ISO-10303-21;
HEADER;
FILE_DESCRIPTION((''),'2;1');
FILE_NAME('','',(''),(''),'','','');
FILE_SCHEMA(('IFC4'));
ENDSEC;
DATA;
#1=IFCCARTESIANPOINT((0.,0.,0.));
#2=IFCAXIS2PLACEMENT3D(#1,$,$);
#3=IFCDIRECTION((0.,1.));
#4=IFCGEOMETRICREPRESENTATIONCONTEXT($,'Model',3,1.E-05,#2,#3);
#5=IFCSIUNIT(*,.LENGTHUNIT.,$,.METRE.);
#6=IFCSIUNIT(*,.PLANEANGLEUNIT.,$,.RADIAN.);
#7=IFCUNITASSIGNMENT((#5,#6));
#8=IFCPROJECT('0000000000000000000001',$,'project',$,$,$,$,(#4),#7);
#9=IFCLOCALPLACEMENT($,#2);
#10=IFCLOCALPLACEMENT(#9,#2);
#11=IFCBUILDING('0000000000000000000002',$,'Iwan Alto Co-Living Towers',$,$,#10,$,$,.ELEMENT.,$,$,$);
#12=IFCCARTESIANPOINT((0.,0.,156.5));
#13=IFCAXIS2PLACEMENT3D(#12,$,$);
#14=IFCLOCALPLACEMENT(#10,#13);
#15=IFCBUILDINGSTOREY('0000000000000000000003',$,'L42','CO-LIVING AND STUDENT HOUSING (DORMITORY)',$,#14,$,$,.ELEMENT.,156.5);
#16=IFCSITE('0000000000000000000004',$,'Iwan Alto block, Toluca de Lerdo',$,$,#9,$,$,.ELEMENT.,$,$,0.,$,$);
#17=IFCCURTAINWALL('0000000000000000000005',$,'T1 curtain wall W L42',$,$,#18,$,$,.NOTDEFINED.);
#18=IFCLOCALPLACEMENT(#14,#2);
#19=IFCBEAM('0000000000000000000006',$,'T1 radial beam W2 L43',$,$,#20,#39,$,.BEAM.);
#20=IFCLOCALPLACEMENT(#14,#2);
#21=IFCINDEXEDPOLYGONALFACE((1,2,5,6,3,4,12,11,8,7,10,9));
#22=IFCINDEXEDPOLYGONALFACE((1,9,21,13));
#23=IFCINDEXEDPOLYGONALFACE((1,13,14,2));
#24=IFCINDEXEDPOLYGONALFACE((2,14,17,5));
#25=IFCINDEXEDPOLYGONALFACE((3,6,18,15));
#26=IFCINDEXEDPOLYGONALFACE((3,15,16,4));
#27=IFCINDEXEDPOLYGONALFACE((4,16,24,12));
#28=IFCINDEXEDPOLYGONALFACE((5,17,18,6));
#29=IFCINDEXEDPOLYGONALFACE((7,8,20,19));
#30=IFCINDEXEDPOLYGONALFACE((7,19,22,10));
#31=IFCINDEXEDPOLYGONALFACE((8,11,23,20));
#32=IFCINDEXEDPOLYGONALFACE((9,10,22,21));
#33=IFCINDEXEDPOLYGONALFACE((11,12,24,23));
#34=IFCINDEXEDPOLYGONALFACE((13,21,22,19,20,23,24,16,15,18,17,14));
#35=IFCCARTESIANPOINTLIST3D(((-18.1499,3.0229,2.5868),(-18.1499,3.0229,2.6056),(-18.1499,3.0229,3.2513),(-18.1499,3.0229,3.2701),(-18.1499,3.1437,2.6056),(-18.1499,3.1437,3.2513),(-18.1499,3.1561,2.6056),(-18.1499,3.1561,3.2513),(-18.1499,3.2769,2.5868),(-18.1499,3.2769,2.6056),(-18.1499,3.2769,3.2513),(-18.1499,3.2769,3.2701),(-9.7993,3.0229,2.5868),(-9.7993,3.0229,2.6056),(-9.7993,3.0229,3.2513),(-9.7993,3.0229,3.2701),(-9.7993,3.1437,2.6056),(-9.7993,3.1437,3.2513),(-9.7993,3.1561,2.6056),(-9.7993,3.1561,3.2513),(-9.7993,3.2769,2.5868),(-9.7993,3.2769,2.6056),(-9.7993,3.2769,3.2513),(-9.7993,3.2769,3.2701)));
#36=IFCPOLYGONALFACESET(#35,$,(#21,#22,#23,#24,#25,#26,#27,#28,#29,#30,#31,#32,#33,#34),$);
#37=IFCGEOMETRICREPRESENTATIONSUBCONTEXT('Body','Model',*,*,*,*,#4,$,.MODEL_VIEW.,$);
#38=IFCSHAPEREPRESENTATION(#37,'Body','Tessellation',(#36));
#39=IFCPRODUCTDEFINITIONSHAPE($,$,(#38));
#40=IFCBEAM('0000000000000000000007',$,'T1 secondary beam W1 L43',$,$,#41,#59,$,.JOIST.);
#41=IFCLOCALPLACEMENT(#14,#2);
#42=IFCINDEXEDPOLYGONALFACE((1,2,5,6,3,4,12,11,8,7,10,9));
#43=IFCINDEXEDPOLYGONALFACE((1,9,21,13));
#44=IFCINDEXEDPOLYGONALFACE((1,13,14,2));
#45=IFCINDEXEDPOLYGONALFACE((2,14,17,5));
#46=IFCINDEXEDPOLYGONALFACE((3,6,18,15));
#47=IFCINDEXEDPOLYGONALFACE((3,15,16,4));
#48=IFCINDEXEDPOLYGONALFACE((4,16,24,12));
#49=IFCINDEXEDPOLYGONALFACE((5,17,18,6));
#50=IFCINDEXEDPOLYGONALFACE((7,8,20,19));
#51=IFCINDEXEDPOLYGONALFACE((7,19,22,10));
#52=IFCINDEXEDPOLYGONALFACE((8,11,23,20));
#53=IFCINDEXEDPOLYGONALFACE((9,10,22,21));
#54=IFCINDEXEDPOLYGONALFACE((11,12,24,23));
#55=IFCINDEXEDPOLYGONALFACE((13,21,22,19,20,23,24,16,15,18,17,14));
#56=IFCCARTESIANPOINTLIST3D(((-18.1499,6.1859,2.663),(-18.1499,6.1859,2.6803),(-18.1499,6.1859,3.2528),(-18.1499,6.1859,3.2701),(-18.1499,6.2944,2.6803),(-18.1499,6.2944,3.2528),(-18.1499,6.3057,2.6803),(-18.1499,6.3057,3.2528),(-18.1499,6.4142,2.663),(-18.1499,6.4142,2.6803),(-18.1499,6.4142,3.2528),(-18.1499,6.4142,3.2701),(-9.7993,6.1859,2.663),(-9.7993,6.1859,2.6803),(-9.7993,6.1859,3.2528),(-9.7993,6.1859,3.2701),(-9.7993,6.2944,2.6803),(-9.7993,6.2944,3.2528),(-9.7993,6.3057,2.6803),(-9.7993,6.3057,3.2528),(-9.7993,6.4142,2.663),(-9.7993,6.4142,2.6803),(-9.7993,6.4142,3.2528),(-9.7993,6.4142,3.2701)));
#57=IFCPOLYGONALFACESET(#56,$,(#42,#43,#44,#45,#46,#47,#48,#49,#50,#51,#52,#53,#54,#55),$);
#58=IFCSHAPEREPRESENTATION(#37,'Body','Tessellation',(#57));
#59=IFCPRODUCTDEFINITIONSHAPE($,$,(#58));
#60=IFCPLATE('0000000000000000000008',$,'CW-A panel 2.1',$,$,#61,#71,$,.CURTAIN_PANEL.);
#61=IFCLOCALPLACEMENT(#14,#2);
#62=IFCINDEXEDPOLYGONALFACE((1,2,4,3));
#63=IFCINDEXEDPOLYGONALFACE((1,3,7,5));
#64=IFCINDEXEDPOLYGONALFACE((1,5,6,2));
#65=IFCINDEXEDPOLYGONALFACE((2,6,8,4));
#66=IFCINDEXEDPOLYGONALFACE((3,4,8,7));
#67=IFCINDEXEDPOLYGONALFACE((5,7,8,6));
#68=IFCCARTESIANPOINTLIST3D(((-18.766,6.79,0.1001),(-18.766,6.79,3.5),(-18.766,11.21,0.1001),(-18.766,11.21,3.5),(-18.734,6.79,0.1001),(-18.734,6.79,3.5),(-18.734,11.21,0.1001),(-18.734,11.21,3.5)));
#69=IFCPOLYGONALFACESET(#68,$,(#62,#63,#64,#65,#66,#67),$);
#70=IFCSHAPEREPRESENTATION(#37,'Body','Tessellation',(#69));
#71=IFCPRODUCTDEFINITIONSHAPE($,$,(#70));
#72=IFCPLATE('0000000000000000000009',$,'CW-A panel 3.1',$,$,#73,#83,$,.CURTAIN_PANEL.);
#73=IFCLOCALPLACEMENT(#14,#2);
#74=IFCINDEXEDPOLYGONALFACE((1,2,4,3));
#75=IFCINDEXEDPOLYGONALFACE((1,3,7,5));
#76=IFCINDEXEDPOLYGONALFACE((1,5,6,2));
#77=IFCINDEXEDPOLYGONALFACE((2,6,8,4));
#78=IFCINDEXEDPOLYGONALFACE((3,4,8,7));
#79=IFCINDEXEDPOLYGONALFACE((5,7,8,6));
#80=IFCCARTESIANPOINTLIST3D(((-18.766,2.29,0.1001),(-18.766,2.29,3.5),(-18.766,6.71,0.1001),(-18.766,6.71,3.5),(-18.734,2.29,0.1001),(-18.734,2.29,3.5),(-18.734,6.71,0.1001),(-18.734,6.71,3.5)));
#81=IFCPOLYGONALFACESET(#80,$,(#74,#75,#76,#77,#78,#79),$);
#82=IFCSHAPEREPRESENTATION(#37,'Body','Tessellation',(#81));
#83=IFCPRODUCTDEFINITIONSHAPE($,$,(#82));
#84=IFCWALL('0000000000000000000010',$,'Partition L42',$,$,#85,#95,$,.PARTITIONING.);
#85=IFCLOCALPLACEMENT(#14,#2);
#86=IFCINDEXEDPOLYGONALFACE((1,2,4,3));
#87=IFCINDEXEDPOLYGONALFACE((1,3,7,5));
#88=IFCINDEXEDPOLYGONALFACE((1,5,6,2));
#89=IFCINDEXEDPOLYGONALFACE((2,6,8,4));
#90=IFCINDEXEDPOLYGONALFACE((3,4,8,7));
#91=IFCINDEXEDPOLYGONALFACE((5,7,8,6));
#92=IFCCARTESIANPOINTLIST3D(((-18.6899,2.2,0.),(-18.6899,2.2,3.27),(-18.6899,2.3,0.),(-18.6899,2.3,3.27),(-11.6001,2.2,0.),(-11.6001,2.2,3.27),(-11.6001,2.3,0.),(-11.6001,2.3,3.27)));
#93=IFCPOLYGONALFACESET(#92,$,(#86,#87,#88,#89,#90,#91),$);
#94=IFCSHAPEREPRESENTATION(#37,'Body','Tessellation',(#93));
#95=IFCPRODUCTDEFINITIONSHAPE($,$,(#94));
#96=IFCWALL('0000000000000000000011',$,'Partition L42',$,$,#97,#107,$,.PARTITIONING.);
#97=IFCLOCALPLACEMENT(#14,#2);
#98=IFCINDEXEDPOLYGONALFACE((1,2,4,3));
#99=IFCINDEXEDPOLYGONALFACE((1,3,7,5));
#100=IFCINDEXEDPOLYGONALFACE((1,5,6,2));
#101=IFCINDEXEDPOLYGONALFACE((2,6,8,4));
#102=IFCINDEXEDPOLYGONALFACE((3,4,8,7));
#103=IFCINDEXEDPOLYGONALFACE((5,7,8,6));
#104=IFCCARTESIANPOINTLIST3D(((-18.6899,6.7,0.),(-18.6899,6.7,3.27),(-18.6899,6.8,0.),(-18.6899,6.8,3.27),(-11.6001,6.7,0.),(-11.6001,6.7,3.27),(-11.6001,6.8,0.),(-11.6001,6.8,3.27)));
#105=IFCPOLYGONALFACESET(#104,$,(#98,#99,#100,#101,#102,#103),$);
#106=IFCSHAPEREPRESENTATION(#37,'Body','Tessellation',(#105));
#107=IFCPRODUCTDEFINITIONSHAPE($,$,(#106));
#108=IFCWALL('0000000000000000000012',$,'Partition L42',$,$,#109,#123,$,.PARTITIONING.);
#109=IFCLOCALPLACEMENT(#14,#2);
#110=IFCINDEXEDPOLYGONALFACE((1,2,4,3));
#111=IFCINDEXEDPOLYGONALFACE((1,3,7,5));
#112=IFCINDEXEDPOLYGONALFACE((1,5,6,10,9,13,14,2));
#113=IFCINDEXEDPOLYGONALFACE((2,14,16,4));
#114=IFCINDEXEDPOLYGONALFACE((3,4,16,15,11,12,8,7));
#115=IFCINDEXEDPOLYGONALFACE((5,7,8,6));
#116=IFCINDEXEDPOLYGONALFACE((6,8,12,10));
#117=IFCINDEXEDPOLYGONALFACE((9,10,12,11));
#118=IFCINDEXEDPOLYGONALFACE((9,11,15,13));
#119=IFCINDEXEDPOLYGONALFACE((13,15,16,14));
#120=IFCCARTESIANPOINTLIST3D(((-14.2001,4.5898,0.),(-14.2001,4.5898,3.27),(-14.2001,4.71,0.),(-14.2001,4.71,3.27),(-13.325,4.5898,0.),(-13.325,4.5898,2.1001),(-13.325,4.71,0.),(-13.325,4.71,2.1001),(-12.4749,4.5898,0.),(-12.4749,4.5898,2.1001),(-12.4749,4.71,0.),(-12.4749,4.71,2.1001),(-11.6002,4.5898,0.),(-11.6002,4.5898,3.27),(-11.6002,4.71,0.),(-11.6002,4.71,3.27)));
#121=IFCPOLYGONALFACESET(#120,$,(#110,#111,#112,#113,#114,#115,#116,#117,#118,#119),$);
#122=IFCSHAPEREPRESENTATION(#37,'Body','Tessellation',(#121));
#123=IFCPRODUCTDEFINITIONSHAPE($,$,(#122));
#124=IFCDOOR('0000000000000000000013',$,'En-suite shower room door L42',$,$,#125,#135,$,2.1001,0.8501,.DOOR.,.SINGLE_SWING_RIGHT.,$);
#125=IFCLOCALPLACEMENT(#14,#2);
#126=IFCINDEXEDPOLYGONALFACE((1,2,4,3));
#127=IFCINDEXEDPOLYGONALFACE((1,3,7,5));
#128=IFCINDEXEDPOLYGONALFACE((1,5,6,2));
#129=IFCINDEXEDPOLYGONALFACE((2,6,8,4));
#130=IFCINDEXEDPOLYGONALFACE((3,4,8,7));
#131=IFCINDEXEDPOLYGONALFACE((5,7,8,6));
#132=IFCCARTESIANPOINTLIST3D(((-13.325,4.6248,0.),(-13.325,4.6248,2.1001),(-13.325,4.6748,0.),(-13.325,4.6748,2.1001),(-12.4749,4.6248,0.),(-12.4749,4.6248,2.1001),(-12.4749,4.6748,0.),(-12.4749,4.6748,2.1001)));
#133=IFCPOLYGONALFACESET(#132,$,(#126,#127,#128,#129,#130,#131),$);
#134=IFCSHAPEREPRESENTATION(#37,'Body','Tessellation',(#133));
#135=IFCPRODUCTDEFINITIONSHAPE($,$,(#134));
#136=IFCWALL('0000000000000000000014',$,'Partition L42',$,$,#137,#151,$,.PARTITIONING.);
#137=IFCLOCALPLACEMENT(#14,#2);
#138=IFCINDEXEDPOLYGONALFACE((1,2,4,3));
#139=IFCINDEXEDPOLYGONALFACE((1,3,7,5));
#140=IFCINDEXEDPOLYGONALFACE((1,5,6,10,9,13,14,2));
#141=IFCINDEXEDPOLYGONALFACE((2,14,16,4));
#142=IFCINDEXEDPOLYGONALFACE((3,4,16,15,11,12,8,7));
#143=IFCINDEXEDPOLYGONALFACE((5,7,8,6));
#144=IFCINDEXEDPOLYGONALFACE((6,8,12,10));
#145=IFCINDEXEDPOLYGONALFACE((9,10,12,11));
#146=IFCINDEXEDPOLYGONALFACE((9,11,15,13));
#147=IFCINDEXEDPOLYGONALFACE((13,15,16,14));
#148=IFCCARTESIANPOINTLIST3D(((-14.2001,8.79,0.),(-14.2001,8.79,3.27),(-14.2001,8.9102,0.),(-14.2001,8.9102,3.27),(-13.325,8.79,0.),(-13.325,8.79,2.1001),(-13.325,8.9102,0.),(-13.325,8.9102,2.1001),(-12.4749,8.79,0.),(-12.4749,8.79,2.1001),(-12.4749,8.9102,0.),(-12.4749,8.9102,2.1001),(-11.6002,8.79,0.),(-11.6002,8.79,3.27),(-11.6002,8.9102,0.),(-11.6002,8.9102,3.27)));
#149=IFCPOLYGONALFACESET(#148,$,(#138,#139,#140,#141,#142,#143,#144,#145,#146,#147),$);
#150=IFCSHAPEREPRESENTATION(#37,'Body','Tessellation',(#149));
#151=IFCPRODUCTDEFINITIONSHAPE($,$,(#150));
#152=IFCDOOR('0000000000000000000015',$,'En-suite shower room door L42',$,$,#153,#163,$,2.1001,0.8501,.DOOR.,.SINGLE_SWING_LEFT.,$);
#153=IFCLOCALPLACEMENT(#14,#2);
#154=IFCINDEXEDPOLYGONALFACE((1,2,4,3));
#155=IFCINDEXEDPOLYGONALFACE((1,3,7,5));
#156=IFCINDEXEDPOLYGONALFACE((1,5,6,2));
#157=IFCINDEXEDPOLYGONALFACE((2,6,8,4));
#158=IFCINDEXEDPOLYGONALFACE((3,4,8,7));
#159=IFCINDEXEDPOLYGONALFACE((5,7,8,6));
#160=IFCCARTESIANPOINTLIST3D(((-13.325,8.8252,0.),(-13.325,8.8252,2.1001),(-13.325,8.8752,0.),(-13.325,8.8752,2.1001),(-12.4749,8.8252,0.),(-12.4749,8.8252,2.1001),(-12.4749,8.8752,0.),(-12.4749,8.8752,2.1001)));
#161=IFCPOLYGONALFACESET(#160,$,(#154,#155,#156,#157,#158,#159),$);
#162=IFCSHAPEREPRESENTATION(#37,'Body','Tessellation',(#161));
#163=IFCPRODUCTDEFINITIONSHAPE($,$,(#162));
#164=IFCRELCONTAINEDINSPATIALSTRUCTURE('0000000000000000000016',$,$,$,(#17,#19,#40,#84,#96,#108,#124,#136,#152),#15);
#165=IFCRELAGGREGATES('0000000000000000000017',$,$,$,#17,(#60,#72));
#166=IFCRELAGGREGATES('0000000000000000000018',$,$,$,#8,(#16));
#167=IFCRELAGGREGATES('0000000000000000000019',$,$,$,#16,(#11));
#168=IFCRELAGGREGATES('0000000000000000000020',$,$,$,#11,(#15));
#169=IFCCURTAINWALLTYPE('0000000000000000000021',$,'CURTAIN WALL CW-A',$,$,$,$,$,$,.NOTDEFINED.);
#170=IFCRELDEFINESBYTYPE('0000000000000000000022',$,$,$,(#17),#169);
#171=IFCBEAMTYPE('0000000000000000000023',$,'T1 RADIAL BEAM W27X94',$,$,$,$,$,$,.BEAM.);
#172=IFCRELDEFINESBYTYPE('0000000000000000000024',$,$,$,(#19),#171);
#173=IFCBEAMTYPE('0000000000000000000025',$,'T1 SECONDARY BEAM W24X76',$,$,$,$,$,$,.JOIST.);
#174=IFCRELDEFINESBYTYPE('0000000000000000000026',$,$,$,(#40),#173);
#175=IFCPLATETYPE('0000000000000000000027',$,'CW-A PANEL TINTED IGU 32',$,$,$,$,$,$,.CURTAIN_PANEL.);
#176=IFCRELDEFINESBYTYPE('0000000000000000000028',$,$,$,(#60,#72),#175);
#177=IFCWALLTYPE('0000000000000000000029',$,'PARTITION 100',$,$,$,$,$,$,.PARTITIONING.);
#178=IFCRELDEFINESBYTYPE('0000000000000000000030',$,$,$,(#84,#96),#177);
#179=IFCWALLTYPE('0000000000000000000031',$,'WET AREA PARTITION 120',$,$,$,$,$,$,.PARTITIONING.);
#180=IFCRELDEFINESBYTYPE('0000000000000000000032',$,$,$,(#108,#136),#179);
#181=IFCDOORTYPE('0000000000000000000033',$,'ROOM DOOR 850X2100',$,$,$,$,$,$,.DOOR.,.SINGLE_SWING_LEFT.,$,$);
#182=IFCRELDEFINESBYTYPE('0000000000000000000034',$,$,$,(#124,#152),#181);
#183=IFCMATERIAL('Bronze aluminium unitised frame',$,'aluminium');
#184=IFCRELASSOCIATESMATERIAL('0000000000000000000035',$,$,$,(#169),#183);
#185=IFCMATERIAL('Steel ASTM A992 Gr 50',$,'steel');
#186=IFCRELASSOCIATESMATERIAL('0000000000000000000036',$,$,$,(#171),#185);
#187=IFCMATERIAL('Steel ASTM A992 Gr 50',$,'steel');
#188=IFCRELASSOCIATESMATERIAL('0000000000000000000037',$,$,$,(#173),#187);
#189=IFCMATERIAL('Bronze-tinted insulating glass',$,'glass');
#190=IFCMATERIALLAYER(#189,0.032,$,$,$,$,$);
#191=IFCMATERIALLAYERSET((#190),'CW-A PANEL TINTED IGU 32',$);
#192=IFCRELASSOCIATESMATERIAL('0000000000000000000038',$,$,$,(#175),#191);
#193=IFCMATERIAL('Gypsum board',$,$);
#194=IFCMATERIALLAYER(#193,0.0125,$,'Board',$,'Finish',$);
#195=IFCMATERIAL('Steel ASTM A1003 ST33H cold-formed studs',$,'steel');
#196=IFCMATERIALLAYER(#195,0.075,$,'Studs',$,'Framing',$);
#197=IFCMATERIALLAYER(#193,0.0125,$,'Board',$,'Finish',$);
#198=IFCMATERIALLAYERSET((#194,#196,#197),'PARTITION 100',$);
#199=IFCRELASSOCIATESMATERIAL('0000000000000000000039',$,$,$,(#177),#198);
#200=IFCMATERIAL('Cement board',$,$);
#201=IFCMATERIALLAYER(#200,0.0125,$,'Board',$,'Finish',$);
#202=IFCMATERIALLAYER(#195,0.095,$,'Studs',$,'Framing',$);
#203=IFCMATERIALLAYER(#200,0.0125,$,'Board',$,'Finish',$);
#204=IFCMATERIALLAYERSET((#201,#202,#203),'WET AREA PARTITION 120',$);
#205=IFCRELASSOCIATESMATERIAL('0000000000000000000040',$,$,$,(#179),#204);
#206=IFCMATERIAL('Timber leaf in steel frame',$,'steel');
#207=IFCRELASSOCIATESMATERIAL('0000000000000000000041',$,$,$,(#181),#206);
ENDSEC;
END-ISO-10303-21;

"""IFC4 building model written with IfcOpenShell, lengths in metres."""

from ifc_helpers import new_model, si_unit, direction, frame, frame_2d, origin, origin_2d, place, context, subcontext, project, spatial, rectangle, i_section, extrude, material, layer, layer_set, material_profile, profile_set, type_object, element, fill, aggregate, save


model = new_model("IFC4")

# Units and contexts
model_context = context("Model", 3, precision=1e-05, world=origin(), true_north=direction((0.0, 1.0)))
body_context = subcontext(model_context, "Body", "Model", "MODEL_VIEW")
ifc_project = project(units=[si_unit("LENGTHUNIT", "METRE"), si_unit("PLANEANGLEUNIT", "RADIAN")], contexts=[model_context])

# Site, building, storey
site_placement = place(None, origin())
site = spatial("IfcSite", under=ifc_project, at=site_placement, Name="Iwan Alto block, Toluca de Lerdo", CompositionType="ELEMENT", RefElevation=0.0)
building_placement = place(site_placement, origin())
building = spatial("IfcBuilding", under=site, at=building_placement, Name="Iwan Alto Co-Living Towers", CompositionType="ELEMENT")
storey_placement = place(building_placement, frame((0.0, 0.0, 156.5)))
storey = spatial("IfcBuildingStorey", under=building, at=storey_placement, Name="L42", Description="CO-LIVING AND STUDENT HOUSING (DORMITORY)", CompositionType="ELEMENT", Elevation=156.5)

# Curtain wall
ifc_material_1 = material(Name="Bronze aluminium unitised frame", Category="aluminium")
curtain_wall_type = type_object("IfcCurtainWallType", Name="CURTAIN WALL CW-A", PredefinedType="NOTDEFINED", material=ifc_material_1)
curtain_wall_placement = place(storey_placement, origin())
curtain_wall = element("IfcCurtainWall", 1, at=curtain_wall_placement, inside=storey, type_object=curtain_wall_type, Name="T1 curtain wall W L42", PredefinedType="NOTDEFINED")

# Beams
ifc_material_2 = material(Name="Steel ASTM A992 Gr 50", Category="steel")
ifc_material_profile_1 = material_profile(ifc_material_2, i_section(OverallWidth=0.2539, OverallDepth=0.6833, WebThickness=0.0125, FlangeThickness=0.0188, at=origin_2d()), Name="W27X94")
ifc_profile_set_1 = profile_set([ifc_material_profile_1], Name="Steel ASTM A992 Gr 50")
beam_type_1 = type_object("IfcBeamType", Name="T1 RADIAL BEAM W27X94", PredefinedType="BEAM", material=ifc_profile_set_1)
for number, where, z_axis, x_axis, name in (
    (2, (-18.1499, 3.1499, 2.9285), (1.0, 0.0, 0.0), (0.0, 1.0, 0.0), "T1 radial beam W2 L43"),
):
    element("IfcBeam", number, at=place(storey_placement, frame(where, z_axis=z_axis, x_axis=x_axis)), inside=storey, type_object=beam_type_1, Name=name, PredefinedType="BEAM", context=body_context, shape_type="SweptSolid", body=[
        extrude(i_section(OverallWidth=0.2539, OverallDepth=0.6833, WebThickness=0.0125, FlangeThickness=0.0188, at=origin_2d()), origin(), (0.0, 0.0, 1.0), 8.3506),
    ])
ifc_material_3 = material(Name="Steel ASTM A992 Gr 50", Category="steel")
ifc_material_profile_2 = material_profile(ifc_material_3, i_section(OverallWidth=0.2283, OverallDepth=0.6072, WebThickness=0.0112, FlangeThickness=0.0173, at=origin_2d()), Name="W24X76")
ifc_profile_set_2 = profile_set([ifc_material_profile_2], Name="Steel ASTM A992 Gr 50")
beam_type_2 = type_object("IfcBeamType", Name="T1 SECONDARY BEAM W24X76", PredefinedType="JOIST", material=ifc_profile_set_2)
beam_1_placement = place(storey_placement, frame((-18.1499, 6.3, 2.9666), z_axis=(1.0, 0.0, 0.0), x_axis=(0.0, 1.0, 0.0)))
element("IfcBeam", 3, at=beam_1_placement, inside=storey, type_object=beam_type_2, Name="T1 secondary beam W1 L43", PredefinedType="JOIST", context=body_context, shape_type="SweptSolid", body=[
    extrude(i_section(OverallWidth=0.2283, OverallDepth=0.6072, WebThickness=0.0112, FlangeThickness=0.0173, at=origin_2d()), origin(), (0.0, 0.0, 1.0), 8.3506),
])

# Plates
ifc_material_4 = material(Name="Bronze-tinted insulating glass", Category="glass")
ifc_layer_1 = layer(ifc_material_4, 0.032)
ifc_layer_set_1 = layer_set([ifc_layer_1], Name="CW-A PANEL TINTED IGU 32")
plate_type = type_object("IfcPlateType", Name="CW-A PANEL TINTED IGU 32", PredefinedType="CURTAIN_PANEL", material=ifc_layer_set_1)
plate_1_placement = place(storey_placement, frame((-18.75, 9.0, 0.1001), z_axis=(0.0, 0.0, 1.0), x_axis=(0.0, -1.0, 0.0)))
plate_1 = element("IfcPlate", 4, at=plate_1_placement, type_object=plate_type, Name="CW-A panel 2.1", PredefinedType="CURTAIN_PANEL", context=body_context, shape_type="SweptSolid", body=[
    extrude(rectangle(XDim=4.4199, YDim=0.032, at=origin_2d()), origin(), (0.0, 0.0, 1.0), 3.3999),
])
plate_2_placement = place(storey_placement, frame((-18.75, 4.5, 0.1001), z_axis=(0.0, 0.0, 1.0), x_axis=(0.0, -1.0, 0.0)))
plate_2 = element("IfcPlate", 5, at=plate_2_placement, type_object=plate_type, Name="CW-A panel 3.1", PredefinedType="CURTAIN_PANEL", context=body_context, shape_type="SweptSolid", body=[
    extrude(rectangle(XDim=4.4199, YDim=0.032, at=origin_2d()), origin(), (0.0, 0.0, 1.0), 3.3999),
])
aggregate(curtain_wall, [plate_1, plate_2])

# Walls
ifc_material_5 = material(Name="Gypsum board")
ifc_layer_2 = layer(ifc_material_5, 0.0125, Name="Board", Category="Finish")
ifc_material_6 = material(Name="Steel ASTM A1003 ST33H cold-formed studs", Category="steel")
ifc_layer_3 = layer(ifc_material_6, 0.075, Name="Studs", Category="Framing")
ifc_layer_4 = layer(ifc_material_5, 0.0125, Name="Board", Category="Finish")
ifc_layer_set_2 = layer_set([ifc_layer_2, ifc_layer_3, ifc_layer_4], Name="PARTITION 100")
wall_type_1 = type_object("IfcWallType", Name="PARTITION 100", PredefinedType="PARTITIONING", material=ifc_layer_set_2)
for number, where, z_axis, x_axis, name in (
    (6, (-18.6899, 2.25, 0.0), (0.0, 0.0, 1.0), (1.0, 0.0, 0.0), "Partition L42"),
    (7, (-18.6899, 6.75, 0.0), (0.0, 0.0, 1.0), (1.0, 0.0, 0.0), "Partition L42"),
):
    element("IfcWall", number, at=place(storey_placement, frame(where, z_axis=z_axis, x_axis=x_axis)), inside=storey, type_object=wall_type_1, Name=name, PredefinedType="PARTITIONING", context=body_context, shape_type="SweptSolid", body=[
        extrude(rectangle(XDim=7.0898, YDim=0.1001, at=frame_2d((3.5449, 0.0))), origin(), (0.0, 0.0, 1.0), 3.27),
    ])

# Walls, openings, doors
ifc_material_7 = material(Name="Cement board")
ifc_layer_5 = layer(ifc_material_7, 0.0125, Name="Board", Category="Finish")
ifc_layer_6 = layer(ifc_material_6, 0.095, Name="Studs", Category="Framing")
ifc_layer_7 = layer(ifc_material_7, 0.0125, Name="Board", Category="Finish")
ifc_layer_set_3 = layer_set([ifc_layer_5, ifc_layer_6, ifc_layer_7], Name="WET AREA PARTITION 120")
wall_type_2 = type_object("IfcWallType", Name="WET AREA PARTITION 120", PredefinedType="PARTITIONING", material=ifc_layer_set_3)
wall_1_placement = place(storey_placement, frame((-14.2, 4.6499, 0.0), z_axis=(0.0, 0.0, 1.0), x_axis=(1.0, 0.0, 0.0)))
wall_1 = element("IfcWall", 8, at=wall_1_placement, inside=storey, type_object=wall_type_2, Name="Partition L42", PredefinedType="PARTITIONING", context=body_context, shape_type="SweptSolid", body=[
    extrude(rectangle(XDim=2.5999, YDim=0.1201, at=frame_2d((1.2998, 0.0))), origin(), (0.0, 0.0, 1.0), 3.27),
])
opening_1_placement = place(wall_1_placement, frame((0.875, 0.0, 0.0)))
opening_1 = element("IfcOpeningElement", 9, at=opening_1_placement, cuts=wall_1, PredefinedType="OPENING", context=body_context, shape_type="SweptSolid", body=[
    extrude(rectangle(XDim=0.8501, YDim=2.1001, at=frame_2d((0.425, 1.05))), frame((0.0, 0.0701, 0.0), z_axis=(0.0, -1.0, 0.0), x_axis=(1.0, 0.0, 0.0)), (0.0, 0.0, 1.0), 0.1401),
])
ifc_material_8 = material(Name="Timber leaf in steel frame", Category="steel")
door_type = type_object("IfcDoorType", Name="ROOM DOOR 850X2100", OperationType="SINGLE_SWING_LEFT", PredefinedType="DOOR", material=ifc_material_8)
door_1_placement = place(opening_1_placement, origin())
door_1 = element("IfcDoor", 10, at=door_1_placement, inside=storey, type_object=door_type, Name="En-suite shower room door L42", OperationType="SINGLE_SWING_RIGHT", OverallHeight=2.1001, OverallWidth=0.8501, PredefinedType="DOOR", context=body_context, shape_type="SweptSolid", body=[
    extrude(rectangle(XDim=0.8501, YDim=2.1001, at=frame_2d((0.425, 1.05))), frame((0.0, 0.0249, 0.0), z_axis=(0.0, -1.0, 0.0), x_axis=(1.0, 0.0, 0.0)), (0.0, 0.0, 1.0), 0.05),
])
fill(opening_1, door_1)
wall_2_placement = place(storey_placement, frame((-14.2, 8.8501, 0.0), z_axis=(0.0, 0.0, 1.0), x_axis=(1.0, 0.0, 0.0)))
wall_2 = element("IfcWall", 11, at=wall_2_placement, inside=storey, type_object=wall_type_2, Name="Partition L42", PredefinedType="PARTITIONING", context=body_context, shape_type="SweptSolid", body=[
    extrude(rectangle(XDim=2.5999, YDim=0.1201, at=frame_2d((1.2998, 0.0))), origin(), (0.0, 0.0, 1.0), 3.27),
])
opening_2_placement = place(wall_2_placement, frame((0.875, 0.0, 0.0)))
opening_2 = element("IfcOpeningElement", 12, at=opening_2_placement, cuts=wall_2, PredefinedType="OPENING", context=body_context, shape_type="SweptSolid", body=[
    extrude(rectangle(XDim=0.8501, YDim=2.1001, at=frame_2d((0.425, 1.05))), frame((0.0, 0.0701, 0.0), z_axis=(0.0, -1.0, 0.0), x_axis=(1.0, 0.0, 0.0)), (0.0, 0.0, 1.0), 0.1401),
])
door_2_placement = place(opening_2_placement, frame((0.8501, 0.0, 0.0), z_axis=(0.0, 0.0, 1.0), x_axis=(-1.0, 0.0, 0.0)))
door_2 = element("IfcDoor", 13, at=door_2_placement, inside=storey, type_object=door_type, Name="En-suite shower room door L42", OperationType="SINGLE_SWING_LEFT", OverallHeight=2.1001, OverallWidth=0.8501, PredefinedType="DOOR", context=body_context, shape_type="SweptSolid", body=[
    extrude(rectangle(XDim=0.8501, YDim=2.1001, at=frame_2d((0.425, 1.05))), frame((0.0, 0.0249, 0.0), z_axis=(0.0, -1.0, 0.0), x_axis=(1.0, 0.0, 0.0)), (0.0, 0.0, 1.0), 0.05),
])
fill(opening_2, door_2)

save(model, "model.ifc")
